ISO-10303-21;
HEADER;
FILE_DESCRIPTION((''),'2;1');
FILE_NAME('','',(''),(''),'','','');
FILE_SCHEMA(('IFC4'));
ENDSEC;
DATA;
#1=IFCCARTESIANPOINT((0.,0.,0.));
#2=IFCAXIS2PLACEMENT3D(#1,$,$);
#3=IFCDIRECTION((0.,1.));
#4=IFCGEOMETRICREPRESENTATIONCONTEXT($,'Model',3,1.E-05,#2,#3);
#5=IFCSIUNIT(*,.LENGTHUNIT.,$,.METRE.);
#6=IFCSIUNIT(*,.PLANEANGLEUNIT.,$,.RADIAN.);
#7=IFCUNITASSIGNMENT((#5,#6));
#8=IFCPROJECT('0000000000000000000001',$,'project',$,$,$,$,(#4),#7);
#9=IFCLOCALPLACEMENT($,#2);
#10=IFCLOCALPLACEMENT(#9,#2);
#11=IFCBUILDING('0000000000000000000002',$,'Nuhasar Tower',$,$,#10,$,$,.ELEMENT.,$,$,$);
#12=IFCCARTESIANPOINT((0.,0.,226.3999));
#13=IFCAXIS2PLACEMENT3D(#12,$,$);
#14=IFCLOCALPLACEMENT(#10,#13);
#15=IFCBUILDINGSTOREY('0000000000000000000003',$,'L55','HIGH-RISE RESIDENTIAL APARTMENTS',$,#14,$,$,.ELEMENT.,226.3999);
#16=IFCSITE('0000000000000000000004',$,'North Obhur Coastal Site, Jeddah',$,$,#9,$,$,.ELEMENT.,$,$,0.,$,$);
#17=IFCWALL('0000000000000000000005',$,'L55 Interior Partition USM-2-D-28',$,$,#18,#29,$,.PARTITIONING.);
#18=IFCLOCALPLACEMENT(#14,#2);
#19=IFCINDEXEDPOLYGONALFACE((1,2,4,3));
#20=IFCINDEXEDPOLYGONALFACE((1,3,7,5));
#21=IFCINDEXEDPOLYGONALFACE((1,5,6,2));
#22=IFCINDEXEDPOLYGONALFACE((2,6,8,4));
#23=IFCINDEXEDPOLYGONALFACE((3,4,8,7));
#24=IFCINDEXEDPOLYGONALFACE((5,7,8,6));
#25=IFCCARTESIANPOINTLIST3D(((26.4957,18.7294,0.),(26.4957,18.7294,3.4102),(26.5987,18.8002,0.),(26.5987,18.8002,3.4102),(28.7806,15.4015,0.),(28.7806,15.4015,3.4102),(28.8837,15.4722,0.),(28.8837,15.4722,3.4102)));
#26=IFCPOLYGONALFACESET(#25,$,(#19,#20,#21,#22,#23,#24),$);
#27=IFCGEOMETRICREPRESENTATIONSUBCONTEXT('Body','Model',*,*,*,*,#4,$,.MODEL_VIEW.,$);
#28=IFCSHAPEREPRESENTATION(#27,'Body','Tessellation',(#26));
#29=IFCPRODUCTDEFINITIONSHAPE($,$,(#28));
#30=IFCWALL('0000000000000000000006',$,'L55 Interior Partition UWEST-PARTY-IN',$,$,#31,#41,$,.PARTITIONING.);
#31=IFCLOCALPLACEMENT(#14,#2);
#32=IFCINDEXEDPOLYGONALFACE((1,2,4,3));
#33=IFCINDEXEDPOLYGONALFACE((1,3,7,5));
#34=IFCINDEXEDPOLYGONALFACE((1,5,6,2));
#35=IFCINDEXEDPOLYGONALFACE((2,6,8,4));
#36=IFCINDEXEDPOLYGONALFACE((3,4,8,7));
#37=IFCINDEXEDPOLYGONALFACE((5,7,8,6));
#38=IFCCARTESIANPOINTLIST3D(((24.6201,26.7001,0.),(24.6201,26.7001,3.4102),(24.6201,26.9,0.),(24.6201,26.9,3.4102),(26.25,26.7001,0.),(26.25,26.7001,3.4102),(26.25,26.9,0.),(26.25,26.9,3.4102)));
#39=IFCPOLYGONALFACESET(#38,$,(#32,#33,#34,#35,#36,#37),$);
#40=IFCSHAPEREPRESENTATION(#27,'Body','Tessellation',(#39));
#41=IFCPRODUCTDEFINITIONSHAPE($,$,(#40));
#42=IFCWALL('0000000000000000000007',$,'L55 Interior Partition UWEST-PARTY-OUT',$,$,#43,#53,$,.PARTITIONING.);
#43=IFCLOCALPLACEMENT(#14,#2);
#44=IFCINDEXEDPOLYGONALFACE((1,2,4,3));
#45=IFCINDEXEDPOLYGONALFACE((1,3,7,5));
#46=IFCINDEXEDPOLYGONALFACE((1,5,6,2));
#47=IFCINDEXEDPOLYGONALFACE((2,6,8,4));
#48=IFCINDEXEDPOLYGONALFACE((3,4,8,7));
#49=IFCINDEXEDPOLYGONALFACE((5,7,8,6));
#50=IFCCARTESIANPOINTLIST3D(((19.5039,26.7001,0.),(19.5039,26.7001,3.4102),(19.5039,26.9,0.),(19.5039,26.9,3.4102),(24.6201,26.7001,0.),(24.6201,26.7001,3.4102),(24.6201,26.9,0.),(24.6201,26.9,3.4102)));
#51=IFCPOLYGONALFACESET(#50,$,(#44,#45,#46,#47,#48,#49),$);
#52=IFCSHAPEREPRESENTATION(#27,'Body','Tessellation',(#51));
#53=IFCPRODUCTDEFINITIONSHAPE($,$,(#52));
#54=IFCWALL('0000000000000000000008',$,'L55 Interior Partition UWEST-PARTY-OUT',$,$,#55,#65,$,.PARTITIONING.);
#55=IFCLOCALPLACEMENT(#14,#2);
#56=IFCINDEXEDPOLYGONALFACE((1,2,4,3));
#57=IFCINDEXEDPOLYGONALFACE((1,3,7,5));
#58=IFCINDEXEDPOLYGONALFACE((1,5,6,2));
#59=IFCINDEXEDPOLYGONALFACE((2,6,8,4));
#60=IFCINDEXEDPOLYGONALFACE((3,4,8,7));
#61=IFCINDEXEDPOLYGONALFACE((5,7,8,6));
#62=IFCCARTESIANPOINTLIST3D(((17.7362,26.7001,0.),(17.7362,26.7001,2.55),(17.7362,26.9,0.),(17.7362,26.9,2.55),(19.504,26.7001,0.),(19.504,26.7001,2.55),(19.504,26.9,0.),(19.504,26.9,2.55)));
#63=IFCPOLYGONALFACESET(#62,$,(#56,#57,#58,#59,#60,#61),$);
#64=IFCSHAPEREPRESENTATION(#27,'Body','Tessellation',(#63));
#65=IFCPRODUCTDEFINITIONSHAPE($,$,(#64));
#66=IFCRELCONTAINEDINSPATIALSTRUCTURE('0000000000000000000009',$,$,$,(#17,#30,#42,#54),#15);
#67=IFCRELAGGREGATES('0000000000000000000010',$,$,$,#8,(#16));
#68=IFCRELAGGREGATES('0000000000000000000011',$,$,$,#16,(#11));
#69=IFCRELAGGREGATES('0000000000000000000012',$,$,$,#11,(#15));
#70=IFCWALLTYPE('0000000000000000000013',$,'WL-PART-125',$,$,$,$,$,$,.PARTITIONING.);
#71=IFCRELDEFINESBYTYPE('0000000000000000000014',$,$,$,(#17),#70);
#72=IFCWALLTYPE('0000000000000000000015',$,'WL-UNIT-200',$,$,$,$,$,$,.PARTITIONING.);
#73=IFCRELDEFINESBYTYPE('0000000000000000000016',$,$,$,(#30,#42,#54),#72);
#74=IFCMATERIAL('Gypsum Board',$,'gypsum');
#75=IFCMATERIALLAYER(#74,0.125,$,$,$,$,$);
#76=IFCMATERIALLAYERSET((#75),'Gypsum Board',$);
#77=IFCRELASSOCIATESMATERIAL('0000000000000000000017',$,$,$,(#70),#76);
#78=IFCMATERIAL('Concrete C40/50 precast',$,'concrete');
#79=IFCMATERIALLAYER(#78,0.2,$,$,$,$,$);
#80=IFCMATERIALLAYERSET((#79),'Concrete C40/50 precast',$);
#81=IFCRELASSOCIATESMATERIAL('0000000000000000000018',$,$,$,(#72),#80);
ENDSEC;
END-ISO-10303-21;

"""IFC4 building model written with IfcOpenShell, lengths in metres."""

from ifc_helpers import new_model, si_unit, direction, frame, frame_2d, origin, place, context, subcontext, project, spatial, rectangle, extrude, material, layer, layer_set, type_object, element, save


model = new_model("IFC4")

# Units and contexts
model_context = context("Model", 3, precision=1e-05, world=origin(), true_north=direction((0.0, 1.0)))
body_context = subcontext(model_context, "Body", "Model", "MODEL_VIEW")
ifc_project = project(units=[si_unit("LENGTHUNIT", "METRE"), si_unit("PLANEANGLEUNIT", "RADIAN")], contexts=[model_context])

# Site, building, storey
site_placement = place(None, origin())
site = spatial("IfcSite", under=ifc_project, at=site_placement, Name="North Obhur Coastal Site, Jeddah", CompositionType="ELEMENT", RefElevation=0.0)
building_placement = place(site_placement, origin())
building = spatial("IfcBuilding", under=site, at=building_placement, Name="Nuhasar Tower", CompositionType="ELEMENT")
storey_placement = place(building_placement, frame((0.0, 0.0, 226.3999)))
storey = spatial("IfcBuildingStorey", under=building, at=storey_placement, Name="L55", Description="HIGH-RISE RESIDENTIAL APARTMENTS", CompositionType="ELEMENT", Elevation=226.3999)

# Shared definitions
ifc_material_1 = material(Name="Gypsum Board", Category="gypsum")

# Shared definitions
ifc_layer_1 = layer(ifc_material_1, 0.125)
ifc_layer_set_1 = layer_set([ifc_layer_1], Name="Gypsum Board")
wall_type_1 = type_object("IfcWallType", Name="WL-PART-125", PredefinedType="PARTITIONING", material=ifc_layer_set_1)

# Walls
wall_1_placement = place(storey_placement, frame((26.5471, 18.7649, 0.0), z_axis=(0.0, 0.0, 1.0), x_axis=(0.566023, -0.824389, 0.0)))
element("IfcWall", 1, at=wall_1_placement, inside=storey, type_object=wall_type_1, Name="L55 Interior Partition USM-2-D-28", PredefinedType="PARTITIONING", context=body_context, shape_type="SweptSolid", body=[
    extrude(rectangle(XDim=4.0369, YDim=0.125, at=frame_2d((2.0186, 0.0))), origin(), (0.0, 0.0, 1.0), 3.4102),
])
ifc_material_2 = material(Name="Concrete C40/50 precast", Category="concrete")
ifc_layer_2 = layer(ifc_material_2, 0.2)
ifc_layer_set_2 = layer_set([ifc_layer_2], Name="Concrete C40/50 precast")
wall_type_2 = type_object("IfcWallType", Name="WL-UNIT-200", PredefinedType="PARTITIONING", material=ifc_layer_set_2)
wall_2_placement = place(storey_placement, frame((26.25, 26.8, 0.0), z_axis=(0.0, 0.0, 1.0), x_axis=(-1.0, 0.0, 0.0)))
element("IfcWall", 2, at=wall_2_placement, inside=storey, type_object=wall_type_2, Name="L55 Interior Partition UWEST-PARTY-IN", PredefinedType="PARTITIONING", context=body_context, shape_type="SweptSolid", body=[
    extrude(rectangle(XDim=1.6299, YDim=0.2, at=frame_2d((0.8149, 0.0))), origin(), (0.0, 0.0, 1.0), 3.4102),
])
wall_3_placement = place(storey_placement, frame((24.6201, 26.8, 0.0), z_axis=(0.0, 0.0, 1.0), x_axis=(-1.0, 0.0, 0.0)))
element("IfcWall", 3, at=wall_3_placement, inside=storey, type_object=wall_type_2, Name="L55 Interior Partition UWEST-PARTY-OUT", PredefinedType="PARTITIONING", context=body_context, shape_type="SweptSolid", body=[
    extrude(rectangle(XDim=5.1162, YDim=0.2, at=frame_2d((2.5581, 0.0))), origin(), (0.0, 0.0, 1.0), 3.4102),
])
wall_4_placement = place(storey_placement, frame((19.5039, 26.8, 0.0), z_axis=(0.0, 0.0, 1.0), x_axis=(-1.0, 0.0, 0.0)))
element("IfcWall", 4, at=wall_4_placement, inside=storey, type_object=wall_type_2, Name="L55 Interior Partition UWEST-PARTY-OUT", PredefinedType="PARTITIONING", context=body_context, shape_type="SweptSolid", body=[
    extrude(rectangle(XDim=1.7678, YDim=0.2, at=frame_2d((0.8838, 0.0))), origin(), (0.0, 0.0, 1.0), 2.55),
])

save(model, "model.ifc")
